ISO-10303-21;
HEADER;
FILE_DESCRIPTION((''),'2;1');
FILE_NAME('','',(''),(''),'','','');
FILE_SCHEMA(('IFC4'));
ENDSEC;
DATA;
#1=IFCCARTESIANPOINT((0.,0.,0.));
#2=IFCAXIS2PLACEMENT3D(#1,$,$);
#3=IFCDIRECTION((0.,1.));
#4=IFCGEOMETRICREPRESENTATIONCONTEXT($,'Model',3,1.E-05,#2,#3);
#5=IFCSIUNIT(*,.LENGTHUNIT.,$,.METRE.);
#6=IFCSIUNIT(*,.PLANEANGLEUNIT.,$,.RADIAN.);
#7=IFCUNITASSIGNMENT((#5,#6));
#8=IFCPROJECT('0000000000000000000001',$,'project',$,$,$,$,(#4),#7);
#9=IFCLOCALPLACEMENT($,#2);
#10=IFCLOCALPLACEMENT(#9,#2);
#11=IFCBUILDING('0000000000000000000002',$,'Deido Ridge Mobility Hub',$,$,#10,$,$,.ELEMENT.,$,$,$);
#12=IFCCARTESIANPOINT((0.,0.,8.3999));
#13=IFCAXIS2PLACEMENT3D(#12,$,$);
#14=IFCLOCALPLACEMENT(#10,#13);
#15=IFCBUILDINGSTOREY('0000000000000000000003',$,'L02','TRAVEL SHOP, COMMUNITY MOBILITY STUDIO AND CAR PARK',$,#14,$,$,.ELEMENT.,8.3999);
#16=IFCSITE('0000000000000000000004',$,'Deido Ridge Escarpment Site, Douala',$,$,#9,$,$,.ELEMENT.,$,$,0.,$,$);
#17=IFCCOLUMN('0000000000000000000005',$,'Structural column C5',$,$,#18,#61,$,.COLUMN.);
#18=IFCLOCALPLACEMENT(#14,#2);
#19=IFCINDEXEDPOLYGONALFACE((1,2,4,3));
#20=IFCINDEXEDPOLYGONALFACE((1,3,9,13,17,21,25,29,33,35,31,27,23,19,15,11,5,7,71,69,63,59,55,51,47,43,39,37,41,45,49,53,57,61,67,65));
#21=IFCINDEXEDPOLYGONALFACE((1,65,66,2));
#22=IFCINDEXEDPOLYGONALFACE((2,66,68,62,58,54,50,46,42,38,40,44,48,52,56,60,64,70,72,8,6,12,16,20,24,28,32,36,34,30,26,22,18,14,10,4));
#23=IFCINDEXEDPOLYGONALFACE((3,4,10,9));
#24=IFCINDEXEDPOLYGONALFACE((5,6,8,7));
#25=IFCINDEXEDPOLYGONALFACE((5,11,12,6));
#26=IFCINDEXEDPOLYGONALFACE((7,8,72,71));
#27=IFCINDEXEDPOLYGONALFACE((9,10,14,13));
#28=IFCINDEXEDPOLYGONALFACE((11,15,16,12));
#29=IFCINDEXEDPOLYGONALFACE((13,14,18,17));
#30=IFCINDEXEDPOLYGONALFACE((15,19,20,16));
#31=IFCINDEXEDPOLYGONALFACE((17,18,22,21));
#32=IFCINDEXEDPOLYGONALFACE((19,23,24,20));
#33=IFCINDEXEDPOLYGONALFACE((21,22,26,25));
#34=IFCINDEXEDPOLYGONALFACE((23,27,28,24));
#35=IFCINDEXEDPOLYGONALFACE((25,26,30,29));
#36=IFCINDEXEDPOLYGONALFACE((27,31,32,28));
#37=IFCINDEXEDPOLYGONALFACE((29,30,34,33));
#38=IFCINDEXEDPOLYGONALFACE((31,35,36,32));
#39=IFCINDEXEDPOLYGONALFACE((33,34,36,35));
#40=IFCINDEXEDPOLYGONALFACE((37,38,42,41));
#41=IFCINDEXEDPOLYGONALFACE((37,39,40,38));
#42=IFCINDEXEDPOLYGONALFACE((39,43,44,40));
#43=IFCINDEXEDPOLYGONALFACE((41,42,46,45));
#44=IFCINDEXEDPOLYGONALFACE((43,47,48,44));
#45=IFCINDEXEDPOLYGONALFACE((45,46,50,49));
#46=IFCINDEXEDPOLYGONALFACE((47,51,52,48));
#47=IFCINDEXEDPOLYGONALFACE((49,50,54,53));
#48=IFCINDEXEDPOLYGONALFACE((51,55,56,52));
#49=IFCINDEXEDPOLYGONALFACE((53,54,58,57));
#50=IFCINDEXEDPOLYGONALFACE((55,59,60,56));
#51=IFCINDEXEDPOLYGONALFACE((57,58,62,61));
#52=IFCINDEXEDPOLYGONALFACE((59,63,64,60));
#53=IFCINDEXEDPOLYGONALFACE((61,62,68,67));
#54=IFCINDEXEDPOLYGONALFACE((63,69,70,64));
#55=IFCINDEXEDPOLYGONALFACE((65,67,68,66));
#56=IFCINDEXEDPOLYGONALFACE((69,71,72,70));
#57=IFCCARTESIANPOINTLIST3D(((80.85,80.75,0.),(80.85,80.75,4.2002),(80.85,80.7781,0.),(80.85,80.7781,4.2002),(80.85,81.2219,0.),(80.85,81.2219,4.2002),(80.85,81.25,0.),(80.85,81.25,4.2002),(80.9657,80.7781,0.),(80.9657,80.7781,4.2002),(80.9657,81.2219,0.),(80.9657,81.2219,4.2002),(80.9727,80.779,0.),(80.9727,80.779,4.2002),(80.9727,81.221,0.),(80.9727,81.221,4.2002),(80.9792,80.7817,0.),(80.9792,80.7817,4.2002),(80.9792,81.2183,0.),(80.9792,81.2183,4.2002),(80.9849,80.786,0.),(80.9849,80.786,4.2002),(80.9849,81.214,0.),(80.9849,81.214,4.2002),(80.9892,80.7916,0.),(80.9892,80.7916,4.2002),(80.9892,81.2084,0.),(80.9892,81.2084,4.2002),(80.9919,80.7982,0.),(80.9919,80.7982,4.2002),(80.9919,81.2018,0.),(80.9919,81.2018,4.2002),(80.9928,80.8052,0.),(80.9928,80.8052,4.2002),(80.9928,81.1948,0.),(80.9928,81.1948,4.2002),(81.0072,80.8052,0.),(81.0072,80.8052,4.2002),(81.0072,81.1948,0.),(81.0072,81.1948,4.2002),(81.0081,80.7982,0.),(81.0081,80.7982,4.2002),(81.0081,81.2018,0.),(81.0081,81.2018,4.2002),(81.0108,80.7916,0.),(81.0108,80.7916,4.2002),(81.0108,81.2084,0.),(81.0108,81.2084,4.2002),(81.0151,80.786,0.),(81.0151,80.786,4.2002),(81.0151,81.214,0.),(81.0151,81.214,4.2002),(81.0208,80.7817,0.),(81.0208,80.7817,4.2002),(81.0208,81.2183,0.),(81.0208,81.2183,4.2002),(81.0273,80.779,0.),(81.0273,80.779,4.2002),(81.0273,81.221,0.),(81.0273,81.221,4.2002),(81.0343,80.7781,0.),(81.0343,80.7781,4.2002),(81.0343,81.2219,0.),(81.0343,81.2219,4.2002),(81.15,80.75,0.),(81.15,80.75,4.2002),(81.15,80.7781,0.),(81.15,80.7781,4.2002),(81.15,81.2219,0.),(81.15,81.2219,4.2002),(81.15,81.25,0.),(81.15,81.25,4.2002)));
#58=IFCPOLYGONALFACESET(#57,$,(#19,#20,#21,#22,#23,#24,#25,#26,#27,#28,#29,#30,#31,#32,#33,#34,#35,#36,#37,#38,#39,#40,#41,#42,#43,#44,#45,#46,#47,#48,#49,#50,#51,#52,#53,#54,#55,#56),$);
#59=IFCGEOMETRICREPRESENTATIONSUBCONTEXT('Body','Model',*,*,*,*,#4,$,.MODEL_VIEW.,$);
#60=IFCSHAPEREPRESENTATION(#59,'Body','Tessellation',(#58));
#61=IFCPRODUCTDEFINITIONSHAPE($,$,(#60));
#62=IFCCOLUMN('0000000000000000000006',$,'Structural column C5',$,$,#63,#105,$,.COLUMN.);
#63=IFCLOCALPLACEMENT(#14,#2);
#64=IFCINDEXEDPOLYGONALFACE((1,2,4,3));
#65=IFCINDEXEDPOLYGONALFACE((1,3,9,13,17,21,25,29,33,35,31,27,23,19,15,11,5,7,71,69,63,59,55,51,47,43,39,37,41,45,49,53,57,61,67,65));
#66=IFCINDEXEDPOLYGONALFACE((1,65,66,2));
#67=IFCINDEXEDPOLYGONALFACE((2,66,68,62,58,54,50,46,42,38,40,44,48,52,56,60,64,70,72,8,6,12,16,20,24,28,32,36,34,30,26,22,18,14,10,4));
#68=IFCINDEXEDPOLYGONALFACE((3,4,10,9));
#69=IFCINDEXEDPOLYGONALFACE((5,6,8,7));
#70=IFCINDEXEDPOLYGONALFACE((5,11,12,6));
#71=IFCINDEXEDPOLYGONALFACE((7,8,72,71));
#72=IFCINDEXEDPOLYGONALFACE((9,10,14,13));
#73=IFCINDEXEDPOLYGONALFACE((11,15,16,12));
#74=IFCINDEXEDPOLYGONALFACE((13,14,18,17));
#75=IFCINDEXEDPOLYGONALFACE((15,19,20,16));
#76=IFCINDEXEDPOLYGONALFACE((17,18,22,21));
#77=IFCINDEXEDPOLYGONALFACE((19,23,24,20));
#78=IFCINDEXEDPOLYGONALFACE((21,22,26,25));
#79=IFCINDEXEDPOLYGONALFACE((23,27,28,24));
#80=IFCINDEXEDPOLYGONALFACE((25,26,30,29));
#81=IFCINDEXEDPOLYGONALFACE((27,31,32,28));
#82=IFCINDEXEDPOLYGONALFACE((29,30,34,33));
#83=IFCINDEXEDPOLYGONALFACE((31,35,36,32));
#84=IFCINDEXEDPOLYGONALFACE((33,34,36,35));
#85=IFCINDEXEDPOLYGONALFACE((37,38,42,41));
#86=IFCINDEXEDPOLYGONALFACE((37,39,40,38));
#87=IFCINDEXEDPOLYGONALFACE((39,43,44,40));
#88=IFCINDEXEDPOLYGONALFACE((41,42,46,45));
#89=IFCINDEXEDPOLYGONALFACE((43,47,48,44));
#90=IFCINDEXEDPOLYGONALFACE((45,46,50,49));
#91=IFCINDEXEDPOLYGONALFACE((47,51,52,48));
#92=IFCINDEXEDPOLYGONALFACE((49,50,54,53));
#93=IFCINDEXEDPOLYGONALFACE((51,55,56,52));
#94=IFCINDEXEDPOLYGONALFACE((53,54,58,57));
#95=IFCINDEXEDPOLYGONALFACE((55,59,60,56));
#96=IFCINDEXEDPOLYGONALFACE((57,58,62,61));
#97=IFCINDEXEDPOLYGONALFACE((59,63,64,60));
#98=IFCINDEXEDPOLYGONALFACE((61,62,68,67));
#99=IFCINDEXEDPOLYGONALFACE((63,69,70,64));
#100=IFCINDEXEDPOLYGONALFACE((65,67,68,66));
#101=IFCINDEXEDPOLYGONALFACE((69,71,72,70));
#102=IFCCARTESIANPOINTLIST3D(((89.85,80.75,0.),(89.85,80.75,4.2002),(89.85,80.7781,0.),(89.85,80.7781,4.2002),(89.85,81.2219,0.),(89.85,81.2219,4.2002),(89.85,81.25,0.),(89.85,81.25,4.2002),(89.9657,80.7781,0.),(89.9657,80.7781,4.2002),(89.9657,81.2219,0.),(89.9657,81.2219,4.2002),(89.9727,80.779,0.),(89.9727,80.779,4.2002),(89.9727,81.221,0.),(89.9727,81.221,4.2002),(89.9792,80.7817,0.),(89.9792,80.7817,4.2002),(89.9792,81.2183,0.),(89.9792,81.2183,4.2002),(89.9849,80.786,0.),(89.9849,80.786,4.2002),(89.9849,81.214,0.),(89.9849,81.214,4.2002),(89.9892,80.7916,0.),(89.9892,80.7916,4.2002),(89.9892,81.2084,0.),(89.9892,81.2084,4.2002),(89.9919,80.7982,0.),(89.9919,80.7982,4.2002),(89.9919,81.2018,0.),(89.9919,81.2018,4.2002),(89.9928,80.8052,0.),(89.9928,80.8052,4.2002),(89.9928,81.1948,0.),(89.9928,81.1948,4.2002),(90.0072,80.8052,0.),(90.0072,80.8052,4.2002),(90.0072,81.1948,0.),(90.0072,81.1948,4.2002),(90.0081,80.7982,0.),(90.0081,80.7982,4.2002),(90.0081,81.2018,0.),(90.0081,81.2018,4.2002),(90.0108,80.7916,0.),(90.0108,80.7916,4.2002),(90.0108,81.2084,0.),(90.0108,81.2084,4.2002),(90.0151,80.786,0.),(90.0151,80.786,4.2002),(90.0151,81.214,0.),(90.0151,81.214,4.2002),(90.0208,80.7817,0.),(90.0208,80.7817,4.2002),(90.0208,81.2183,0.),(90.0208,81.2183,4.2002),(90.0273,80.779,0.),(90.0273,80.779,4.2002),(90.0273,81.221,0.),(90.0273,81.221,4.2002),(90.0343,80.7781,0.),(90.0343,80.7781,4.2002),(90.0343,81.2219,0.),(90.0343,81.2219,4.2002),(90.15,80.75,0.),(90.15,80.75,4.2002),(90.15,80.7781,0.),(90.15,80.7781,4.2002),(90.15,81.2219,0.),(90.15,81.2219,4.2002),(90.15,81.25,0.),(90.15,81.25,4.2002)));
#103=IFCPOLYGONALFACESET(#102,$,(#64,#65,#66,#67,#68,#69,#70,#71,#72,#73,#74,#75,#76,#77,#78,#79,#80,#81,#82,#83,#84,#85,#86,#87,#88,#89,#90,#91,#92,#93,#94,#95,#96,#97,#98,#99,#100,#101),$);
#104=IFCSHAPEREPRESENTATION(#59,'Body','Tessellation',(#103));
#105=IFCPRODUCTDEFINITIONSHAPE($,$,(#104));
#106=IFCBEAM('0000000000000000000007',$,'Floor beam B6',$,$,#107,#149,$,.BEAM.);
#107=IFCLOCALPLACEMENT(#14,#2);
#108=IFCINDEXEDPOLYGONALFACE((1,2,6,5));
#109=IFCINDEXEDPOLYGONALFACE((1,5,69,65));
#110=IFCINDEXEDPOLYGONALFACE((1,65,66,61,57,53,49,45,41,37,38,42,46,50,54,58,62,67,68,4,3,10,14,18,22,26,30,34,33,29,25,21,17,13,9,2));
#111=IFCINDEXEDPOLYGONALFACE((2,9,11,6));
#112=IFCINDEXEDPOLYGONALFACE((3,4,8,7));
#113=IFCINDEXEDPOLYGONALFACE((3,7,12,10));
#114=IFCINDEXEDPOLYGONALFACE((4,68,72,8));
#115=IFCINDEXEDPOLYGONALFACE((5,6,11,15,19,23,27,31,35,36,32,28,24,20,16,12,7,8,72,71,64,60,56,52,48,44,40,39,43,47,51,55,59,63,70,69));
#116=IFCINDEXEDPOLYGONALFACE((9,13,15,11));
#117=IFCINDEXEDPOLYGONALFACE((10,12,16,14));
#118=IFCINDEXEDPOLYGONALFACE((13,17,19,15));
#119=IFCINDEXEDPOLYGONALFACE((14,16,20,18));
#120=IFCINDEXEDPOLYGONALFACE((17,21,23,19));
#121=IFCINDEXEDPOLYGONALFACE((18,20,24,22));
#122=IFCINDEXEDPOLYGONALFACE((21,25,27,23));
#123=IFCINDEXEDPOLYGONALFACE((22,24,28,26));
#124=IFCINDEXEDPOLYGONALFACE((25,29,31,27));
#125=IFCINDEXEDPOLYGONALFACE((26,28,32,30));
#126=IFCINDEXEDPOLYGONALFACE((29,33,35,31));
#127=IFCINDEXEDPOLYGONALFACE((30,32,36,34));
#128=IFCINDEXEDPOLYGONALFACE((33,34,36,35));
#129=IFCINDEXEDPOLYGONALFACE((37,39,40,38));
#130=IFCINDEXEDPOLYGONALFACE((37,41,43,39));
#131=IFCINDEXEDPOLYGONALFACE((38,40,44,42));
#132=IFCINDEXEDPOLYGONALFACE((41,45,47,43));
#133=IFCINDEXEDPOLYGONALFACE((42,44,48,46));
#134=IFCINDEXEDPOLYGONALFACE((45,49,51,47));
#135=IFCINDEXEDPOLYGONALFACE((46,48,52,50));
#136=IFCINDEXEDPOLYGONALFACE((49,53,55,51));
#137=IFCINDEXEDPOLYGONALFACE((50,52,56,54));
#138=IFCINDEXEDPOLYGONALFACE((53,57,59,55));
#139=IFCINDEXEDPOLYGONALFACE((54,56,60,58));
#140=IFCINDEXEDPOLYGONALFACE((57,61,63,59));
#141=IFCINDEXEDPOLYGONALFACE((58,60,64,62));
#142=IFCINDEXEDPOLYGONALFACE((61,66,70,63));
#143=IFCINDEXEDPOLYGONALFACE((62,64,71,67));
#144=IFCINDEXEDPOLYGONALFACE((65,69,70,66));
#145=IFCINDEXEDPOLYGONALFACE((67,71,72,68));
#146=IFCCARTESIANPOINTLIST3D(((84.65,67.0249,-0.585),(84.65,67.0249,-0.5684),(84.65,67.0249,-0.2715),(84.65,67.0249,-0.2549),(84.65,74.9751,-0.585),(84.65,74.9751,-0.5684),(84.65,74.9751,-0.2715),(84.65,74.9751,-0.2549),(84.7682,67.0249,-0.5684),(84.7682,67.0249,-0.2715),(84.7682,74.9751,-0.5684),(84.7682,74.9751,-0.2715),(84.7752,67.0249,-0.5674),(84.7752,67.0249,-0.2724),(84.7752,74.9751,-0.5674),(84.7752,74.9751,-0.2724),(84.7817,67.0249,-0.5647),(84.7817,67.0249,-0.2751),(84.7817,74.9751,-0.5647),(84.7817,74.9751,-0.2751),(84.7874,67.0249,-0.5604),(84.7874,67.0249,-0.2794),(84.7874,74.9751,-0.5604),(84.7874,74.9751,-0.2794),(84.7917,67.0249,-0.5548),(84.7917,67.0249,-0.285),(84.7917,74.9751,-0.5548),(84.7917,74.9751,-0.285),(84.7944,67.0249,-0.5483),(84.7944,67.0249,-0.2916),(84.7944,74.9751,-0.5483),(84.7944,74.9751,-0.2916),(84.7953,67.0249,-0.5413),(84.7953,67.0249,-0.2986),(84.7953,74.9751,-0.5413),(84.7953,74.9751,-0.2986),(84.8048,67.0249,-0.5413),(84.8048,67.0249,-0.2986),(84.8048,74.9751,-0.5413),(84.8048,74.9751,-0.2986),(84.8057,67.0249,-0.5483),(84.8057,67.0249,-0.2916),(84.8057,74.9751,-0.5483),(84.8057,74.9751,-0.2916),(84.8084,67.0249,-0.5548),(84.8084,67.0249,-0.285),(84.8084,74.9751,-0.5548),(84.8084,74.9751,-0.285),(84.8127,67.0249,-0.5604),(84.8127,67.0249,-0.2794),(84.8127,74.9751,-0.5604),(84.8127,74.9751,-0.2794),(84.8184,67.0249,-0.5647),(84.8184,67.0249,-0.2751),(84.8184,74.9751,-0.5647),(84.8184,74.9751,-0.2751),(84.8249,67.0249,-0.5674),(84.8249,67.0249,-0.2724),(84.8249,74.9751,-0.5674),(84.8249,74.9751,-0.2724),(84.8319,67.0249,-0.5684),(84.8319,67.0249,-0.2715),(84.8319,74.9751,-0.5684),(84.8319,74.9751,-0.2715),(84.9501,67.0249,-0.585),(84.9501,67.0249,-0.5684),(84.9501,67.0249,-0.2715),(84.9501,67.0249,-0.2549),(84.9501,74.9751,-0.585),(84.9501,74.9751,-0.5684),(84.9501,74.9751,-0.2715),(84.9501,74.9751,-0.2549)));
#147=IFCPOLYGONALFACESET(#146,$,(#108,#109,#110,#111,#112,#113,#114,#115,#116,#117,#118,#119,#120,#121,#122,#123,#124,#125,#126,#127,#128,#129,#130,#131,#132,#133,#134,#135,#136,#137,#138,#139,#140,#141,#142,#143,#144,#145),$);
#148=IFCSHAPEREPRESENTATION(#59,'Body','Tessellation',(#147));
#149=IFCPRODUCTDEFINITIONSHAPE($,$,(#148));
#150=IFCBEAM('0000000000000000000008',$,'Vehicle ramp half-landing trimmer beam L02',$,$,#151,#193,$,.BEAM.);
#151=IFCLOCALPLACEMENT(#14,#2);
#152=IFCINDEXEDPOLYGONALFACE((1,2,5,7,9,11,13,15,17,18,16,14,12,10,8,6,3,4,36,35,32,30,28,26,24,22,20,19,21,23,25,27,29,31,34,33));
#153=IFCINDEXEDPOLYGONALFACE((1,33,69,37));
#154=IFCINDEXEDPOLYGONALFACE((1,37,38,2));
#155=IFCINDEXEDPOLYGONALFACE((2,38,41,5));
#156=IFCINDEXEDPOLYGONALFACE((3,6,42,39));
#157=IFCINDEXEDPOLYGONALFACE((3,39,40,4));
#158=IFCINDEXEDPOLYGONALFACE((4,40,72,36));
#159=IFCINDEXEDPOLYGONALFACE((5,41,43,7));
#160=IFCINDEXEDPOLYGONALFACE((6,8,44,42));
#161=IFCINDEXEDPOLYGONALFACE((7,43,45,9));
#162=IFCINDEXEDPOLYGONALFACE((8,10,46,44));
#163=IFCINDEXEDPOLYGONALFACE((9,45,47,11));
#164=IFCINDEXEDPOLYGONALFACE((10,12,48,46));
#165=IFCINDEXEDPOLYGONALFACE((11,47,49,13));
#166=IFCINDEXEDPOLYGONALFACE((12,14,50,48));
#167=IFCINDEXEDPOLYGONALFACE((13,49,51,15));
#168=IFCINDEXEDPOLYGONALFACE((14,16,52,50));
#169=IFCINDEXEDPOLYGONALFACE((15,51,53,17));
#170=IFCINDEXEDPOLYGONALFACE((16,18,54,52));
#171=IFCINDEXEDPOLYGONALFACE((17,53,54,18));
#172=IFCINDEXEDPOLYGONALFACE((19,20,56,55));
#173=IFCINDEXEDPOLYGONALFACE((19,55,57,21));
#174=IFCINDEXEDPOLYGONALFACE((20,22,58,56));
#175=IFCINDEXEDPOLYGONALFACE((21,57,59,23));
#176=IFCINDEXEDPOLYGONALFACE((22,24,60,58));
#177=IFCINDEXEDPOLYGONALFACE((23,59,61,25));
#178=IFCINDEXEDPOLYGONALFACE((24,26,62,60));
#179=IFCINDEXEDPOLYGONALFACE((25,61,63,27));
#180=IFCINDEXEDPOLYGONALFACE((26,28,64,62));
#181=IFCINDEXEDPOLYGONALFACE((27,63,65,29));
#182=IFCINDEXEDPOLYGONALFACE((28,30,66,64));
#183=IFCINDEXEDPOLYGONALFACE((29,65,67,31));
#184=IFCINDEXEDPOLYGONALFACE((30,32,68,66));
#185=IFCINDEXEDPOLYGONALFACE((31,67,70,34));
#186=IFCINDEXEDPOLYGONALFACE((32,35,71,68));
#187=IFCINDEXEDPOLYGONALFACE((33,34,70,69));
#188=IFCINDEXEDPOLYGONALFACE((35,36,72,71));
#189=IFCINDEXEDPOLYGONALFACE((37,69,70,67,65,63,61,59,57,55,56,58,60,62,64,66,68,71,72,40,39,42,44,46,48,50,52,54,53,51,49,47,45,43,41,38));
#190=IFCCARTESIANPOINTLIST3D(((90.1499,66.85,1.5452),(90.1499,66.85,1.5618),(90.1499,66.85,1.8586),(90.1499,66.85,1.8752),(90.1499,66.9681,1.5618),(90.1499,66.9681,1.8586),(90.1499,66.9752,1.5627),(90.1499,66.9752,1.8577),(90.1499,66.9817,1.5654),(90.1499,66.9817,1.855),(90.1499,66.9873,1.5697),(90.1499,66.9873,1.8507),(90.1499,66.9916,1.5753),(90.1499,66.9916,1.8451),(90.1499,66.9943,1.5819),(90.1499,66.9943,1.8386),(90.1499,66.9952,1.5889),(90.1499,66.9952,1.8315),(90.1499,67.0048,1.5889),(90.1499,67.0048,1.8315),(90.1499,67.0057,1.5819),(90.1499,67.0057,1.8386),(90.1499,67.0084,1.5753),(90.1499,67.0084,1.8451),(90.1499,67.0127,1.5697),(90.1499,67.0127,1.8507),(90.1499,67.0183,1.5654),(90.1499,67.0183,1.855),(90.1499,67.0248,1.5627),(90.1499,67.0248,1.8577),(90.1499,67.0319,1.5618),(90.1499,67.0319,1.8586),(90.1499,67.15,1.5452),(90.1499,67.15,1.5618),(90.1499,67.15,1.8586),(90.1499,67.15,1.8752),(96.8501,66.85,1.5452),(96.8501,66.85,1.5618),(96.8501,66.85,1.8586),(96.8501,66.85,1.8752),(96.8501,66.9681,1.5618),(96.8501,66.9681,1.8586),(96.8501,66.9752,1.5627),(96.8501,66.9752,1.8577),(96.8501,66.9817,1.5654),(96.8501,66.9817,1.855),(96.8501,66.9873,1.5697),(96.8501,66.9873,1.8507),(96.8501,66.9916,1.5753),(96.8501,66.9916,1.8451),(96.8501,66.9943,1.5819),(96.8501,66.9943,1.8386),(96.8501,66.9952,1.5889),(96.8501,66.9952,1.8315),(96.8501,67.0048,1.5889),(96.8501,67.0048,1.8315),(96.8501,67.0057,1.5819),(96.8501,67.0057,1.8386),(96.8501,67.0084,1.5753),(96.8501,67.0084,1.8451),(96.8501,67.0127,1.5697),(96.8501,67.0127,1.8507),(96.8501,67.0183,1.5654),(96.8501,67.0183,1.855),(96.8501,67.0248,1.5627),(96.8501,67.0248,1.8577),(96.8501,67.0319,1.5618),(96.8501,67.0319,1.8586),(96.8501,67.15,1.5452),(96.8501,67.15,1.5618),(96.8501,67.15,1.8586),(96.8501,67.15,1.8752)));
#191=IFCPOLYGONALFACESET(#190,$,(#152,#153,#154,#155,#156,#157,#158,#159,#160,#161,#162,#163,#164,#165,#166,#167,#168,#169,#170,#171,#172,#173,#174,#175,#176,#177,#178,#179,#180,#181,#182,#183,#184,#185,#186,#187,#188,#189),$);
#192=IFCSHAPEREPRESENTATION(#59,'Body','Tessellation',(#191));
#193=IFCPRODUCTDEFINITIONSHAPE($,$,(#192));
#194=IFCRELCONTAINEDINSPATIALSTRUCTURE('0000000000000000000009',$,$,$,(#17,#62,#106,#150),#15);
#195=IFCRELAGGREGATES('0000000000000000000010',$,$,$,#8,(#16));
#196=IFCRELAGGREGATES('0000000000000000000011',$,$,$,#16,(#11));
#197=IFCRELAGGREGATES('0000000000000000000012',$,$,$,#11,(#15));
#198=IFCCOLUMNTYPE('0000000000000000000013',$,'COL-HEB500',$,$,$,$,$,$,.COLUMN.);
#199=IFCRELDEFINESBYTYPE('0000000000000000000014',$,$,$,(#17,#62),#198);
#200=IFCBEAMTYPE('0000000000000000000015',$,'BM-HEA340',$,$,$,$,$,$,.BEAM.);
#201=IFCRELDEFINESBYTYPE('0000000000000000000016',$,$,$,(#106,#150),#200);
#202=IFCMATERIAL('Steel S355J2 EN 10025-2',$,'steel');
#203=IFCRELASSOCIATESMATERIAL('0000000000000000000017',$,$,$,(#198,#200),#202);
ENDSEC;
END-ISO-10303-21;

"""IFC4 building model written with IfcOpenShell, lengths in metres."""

from ifc_helpers import new_model, si_unit, direction, frame, origin, origin_2d, place, context, subcontext, project, spatial, i_section, extrude, material, material_profile, profile_set, type_object, element, save


model = new_model("IFC4")

# Units and contexts
model_context = context("Model", 3, precision=1e-05, world=origin(), true_north=direction((0.0, 1.0)))
body_context = subcontext(model_context, "Body", "Model", "MODEL_VIEW")
ifc_project = project(units=[si_unit("LENGTHUNIT", "METRE"), si_unit("PLANEANGLEUNIT", "RADIAN")], contexts=[model_context])

# Site, building, storey
site_placement = place(None, origin())
site = spatial("IfcSite", under=ifc_project, at=site_placement, Name="Deido Ridge Escarpment Site, Douala", CompositionType="ELEMENT", RefElevation=0.0)
building_placement = place(site_placement, origin())
building = spatial("IfcBuilding", under=site, at=building_placement, Name="Deido Ridge Mobility Hub", CompositionType="ELEMENT")
storey_placement = place(building_placement, frame((0.0, 0.0, 8.3999)))
storey = spatial("IfcBuildingStorey", under=building, at=storey_placement, Name="L02", Description="TRAVEL SHOP, COMMUNITY MOBILITY STUDIO AND CAR PARK", CompositionType="ELEMENT", Elevation=8.3999)

# Columns
ifc_material_1 = material(Name="Steel S355J2 EN 10025-2", Category="steel")
ifc_material_profile_1 = material_profile(ifc_material_1, i_section(OverallWidth=0.3, OverallDepth=0.5, WebThickness=0.0144, FlangeThickness=0.0281, FilletRadius=0.0271, at=origin_2d()), Name="HEB 500")
ifc_profile_set_1 = profile_set([ifc_material_profile_1], Name="Steel S355J2 EN 10025-2")
column_type_1 = type_object("IfcColumnType", Name="COL-HEB500", PredefinedType="COLUMN", material=ifc_profile_set_1)
for number, where, z_axis, x_axis, name in (
    (1, (81.0, 81.0, 0.0), (0.0, 0.0, 1.0), (1.0, 0.0, 0.0), "Structural column C5"),
    (2, (90.0, 81.0, 0.0), (0.0, 0.0, 1.0), (1.0, 0.0, 0.0), "Structural column C5"),
):
    element("IfcColumn", number, at=place(storey_placement, frame(where, z_axis=z_axis, x_axis=x_axis)), inside=storey, type_object=column_type_1, Name=name, PredefinedType="COLUMN", context=body_context, shape_type="SweptSolid", body=[
        extrude(i_section(OverallWidth=0.3, OverallDepth=0.5, WebThickness=0.0144, FlangeThickness=0.0281, FilletRadius=0.0271, at=origin_2d()), origin(), (0.0, 0.0, 1.0), 4.2002),
    ])

# Beams
ifc_material_profile_2 = material_profile(ifc_material_1, i_section(OverallWidth=0.3, OverallDepth=0.3301, WebThickness=0.0095, FlangeThickness=0.0166, FilletRadius=0.0271, at=origin_2d()), Name="HEA 340")
ifc_profile_set_2 = profile_set([ifc_material_profile_2], Name="Steel S355J2 EN 10025-2")
beam_type_1 = type_object("IfcBeamType", Name="BM-HEA340", PredefinedType="BEAM", material=ifc_profile_set_2)
beam_1_placement = place(storey_placement, frame((84.8, 67.0249, -0.4199), z_axis=(0.0, 1.0, 0.0), x_axis=(-1.0, 0.0, 0.0)))
element("IfcBeam", 3, at=beam_1_placement, inside=storey, type_object=beam_type_1, Name="Floor beam B6", PredefinedType="BEAM", context=body_context, shape_type="SweptSolid", body=[
    extrude(i_section(OverallWidth=0.3, OverallDepth=0.3301, WebThickness=0.0095, FlangeThickness=0.0166, FilletRadius=0.0271, at=origin_2d()), origin(), (0.0, 0.0, 1.0), 7.9502),
])
for number, where, z_axis, x_axis, name in (
    (4, (90.1499, 67.0, 1.7102), (1.0, 0.0, 0.0), (0.0, 1.0, 0.0), "Vehicle ramp half-landing trimmer beam L02"),
):
    element("IfcBeam", number, at=place(storey_placement, frame(where, z_axis=z_axis, x_axis=x_axis)), inside=storey, type_object=beam_type_1, Name=name, PredefinedType="BEAM", context=body_context, shape_type="SweptSolid", body=[
        extrude(i_section(OverallWidth=0.3, OverallDepth=0.3301, WebThickness=0.0095, FlangeThickness=0.0166, FilletRadius=0.0271, at=origin_2d()), origin(), (0.0, 0.0, 1.0), 6.7002),
    ])

save(model, "model.ifc")
